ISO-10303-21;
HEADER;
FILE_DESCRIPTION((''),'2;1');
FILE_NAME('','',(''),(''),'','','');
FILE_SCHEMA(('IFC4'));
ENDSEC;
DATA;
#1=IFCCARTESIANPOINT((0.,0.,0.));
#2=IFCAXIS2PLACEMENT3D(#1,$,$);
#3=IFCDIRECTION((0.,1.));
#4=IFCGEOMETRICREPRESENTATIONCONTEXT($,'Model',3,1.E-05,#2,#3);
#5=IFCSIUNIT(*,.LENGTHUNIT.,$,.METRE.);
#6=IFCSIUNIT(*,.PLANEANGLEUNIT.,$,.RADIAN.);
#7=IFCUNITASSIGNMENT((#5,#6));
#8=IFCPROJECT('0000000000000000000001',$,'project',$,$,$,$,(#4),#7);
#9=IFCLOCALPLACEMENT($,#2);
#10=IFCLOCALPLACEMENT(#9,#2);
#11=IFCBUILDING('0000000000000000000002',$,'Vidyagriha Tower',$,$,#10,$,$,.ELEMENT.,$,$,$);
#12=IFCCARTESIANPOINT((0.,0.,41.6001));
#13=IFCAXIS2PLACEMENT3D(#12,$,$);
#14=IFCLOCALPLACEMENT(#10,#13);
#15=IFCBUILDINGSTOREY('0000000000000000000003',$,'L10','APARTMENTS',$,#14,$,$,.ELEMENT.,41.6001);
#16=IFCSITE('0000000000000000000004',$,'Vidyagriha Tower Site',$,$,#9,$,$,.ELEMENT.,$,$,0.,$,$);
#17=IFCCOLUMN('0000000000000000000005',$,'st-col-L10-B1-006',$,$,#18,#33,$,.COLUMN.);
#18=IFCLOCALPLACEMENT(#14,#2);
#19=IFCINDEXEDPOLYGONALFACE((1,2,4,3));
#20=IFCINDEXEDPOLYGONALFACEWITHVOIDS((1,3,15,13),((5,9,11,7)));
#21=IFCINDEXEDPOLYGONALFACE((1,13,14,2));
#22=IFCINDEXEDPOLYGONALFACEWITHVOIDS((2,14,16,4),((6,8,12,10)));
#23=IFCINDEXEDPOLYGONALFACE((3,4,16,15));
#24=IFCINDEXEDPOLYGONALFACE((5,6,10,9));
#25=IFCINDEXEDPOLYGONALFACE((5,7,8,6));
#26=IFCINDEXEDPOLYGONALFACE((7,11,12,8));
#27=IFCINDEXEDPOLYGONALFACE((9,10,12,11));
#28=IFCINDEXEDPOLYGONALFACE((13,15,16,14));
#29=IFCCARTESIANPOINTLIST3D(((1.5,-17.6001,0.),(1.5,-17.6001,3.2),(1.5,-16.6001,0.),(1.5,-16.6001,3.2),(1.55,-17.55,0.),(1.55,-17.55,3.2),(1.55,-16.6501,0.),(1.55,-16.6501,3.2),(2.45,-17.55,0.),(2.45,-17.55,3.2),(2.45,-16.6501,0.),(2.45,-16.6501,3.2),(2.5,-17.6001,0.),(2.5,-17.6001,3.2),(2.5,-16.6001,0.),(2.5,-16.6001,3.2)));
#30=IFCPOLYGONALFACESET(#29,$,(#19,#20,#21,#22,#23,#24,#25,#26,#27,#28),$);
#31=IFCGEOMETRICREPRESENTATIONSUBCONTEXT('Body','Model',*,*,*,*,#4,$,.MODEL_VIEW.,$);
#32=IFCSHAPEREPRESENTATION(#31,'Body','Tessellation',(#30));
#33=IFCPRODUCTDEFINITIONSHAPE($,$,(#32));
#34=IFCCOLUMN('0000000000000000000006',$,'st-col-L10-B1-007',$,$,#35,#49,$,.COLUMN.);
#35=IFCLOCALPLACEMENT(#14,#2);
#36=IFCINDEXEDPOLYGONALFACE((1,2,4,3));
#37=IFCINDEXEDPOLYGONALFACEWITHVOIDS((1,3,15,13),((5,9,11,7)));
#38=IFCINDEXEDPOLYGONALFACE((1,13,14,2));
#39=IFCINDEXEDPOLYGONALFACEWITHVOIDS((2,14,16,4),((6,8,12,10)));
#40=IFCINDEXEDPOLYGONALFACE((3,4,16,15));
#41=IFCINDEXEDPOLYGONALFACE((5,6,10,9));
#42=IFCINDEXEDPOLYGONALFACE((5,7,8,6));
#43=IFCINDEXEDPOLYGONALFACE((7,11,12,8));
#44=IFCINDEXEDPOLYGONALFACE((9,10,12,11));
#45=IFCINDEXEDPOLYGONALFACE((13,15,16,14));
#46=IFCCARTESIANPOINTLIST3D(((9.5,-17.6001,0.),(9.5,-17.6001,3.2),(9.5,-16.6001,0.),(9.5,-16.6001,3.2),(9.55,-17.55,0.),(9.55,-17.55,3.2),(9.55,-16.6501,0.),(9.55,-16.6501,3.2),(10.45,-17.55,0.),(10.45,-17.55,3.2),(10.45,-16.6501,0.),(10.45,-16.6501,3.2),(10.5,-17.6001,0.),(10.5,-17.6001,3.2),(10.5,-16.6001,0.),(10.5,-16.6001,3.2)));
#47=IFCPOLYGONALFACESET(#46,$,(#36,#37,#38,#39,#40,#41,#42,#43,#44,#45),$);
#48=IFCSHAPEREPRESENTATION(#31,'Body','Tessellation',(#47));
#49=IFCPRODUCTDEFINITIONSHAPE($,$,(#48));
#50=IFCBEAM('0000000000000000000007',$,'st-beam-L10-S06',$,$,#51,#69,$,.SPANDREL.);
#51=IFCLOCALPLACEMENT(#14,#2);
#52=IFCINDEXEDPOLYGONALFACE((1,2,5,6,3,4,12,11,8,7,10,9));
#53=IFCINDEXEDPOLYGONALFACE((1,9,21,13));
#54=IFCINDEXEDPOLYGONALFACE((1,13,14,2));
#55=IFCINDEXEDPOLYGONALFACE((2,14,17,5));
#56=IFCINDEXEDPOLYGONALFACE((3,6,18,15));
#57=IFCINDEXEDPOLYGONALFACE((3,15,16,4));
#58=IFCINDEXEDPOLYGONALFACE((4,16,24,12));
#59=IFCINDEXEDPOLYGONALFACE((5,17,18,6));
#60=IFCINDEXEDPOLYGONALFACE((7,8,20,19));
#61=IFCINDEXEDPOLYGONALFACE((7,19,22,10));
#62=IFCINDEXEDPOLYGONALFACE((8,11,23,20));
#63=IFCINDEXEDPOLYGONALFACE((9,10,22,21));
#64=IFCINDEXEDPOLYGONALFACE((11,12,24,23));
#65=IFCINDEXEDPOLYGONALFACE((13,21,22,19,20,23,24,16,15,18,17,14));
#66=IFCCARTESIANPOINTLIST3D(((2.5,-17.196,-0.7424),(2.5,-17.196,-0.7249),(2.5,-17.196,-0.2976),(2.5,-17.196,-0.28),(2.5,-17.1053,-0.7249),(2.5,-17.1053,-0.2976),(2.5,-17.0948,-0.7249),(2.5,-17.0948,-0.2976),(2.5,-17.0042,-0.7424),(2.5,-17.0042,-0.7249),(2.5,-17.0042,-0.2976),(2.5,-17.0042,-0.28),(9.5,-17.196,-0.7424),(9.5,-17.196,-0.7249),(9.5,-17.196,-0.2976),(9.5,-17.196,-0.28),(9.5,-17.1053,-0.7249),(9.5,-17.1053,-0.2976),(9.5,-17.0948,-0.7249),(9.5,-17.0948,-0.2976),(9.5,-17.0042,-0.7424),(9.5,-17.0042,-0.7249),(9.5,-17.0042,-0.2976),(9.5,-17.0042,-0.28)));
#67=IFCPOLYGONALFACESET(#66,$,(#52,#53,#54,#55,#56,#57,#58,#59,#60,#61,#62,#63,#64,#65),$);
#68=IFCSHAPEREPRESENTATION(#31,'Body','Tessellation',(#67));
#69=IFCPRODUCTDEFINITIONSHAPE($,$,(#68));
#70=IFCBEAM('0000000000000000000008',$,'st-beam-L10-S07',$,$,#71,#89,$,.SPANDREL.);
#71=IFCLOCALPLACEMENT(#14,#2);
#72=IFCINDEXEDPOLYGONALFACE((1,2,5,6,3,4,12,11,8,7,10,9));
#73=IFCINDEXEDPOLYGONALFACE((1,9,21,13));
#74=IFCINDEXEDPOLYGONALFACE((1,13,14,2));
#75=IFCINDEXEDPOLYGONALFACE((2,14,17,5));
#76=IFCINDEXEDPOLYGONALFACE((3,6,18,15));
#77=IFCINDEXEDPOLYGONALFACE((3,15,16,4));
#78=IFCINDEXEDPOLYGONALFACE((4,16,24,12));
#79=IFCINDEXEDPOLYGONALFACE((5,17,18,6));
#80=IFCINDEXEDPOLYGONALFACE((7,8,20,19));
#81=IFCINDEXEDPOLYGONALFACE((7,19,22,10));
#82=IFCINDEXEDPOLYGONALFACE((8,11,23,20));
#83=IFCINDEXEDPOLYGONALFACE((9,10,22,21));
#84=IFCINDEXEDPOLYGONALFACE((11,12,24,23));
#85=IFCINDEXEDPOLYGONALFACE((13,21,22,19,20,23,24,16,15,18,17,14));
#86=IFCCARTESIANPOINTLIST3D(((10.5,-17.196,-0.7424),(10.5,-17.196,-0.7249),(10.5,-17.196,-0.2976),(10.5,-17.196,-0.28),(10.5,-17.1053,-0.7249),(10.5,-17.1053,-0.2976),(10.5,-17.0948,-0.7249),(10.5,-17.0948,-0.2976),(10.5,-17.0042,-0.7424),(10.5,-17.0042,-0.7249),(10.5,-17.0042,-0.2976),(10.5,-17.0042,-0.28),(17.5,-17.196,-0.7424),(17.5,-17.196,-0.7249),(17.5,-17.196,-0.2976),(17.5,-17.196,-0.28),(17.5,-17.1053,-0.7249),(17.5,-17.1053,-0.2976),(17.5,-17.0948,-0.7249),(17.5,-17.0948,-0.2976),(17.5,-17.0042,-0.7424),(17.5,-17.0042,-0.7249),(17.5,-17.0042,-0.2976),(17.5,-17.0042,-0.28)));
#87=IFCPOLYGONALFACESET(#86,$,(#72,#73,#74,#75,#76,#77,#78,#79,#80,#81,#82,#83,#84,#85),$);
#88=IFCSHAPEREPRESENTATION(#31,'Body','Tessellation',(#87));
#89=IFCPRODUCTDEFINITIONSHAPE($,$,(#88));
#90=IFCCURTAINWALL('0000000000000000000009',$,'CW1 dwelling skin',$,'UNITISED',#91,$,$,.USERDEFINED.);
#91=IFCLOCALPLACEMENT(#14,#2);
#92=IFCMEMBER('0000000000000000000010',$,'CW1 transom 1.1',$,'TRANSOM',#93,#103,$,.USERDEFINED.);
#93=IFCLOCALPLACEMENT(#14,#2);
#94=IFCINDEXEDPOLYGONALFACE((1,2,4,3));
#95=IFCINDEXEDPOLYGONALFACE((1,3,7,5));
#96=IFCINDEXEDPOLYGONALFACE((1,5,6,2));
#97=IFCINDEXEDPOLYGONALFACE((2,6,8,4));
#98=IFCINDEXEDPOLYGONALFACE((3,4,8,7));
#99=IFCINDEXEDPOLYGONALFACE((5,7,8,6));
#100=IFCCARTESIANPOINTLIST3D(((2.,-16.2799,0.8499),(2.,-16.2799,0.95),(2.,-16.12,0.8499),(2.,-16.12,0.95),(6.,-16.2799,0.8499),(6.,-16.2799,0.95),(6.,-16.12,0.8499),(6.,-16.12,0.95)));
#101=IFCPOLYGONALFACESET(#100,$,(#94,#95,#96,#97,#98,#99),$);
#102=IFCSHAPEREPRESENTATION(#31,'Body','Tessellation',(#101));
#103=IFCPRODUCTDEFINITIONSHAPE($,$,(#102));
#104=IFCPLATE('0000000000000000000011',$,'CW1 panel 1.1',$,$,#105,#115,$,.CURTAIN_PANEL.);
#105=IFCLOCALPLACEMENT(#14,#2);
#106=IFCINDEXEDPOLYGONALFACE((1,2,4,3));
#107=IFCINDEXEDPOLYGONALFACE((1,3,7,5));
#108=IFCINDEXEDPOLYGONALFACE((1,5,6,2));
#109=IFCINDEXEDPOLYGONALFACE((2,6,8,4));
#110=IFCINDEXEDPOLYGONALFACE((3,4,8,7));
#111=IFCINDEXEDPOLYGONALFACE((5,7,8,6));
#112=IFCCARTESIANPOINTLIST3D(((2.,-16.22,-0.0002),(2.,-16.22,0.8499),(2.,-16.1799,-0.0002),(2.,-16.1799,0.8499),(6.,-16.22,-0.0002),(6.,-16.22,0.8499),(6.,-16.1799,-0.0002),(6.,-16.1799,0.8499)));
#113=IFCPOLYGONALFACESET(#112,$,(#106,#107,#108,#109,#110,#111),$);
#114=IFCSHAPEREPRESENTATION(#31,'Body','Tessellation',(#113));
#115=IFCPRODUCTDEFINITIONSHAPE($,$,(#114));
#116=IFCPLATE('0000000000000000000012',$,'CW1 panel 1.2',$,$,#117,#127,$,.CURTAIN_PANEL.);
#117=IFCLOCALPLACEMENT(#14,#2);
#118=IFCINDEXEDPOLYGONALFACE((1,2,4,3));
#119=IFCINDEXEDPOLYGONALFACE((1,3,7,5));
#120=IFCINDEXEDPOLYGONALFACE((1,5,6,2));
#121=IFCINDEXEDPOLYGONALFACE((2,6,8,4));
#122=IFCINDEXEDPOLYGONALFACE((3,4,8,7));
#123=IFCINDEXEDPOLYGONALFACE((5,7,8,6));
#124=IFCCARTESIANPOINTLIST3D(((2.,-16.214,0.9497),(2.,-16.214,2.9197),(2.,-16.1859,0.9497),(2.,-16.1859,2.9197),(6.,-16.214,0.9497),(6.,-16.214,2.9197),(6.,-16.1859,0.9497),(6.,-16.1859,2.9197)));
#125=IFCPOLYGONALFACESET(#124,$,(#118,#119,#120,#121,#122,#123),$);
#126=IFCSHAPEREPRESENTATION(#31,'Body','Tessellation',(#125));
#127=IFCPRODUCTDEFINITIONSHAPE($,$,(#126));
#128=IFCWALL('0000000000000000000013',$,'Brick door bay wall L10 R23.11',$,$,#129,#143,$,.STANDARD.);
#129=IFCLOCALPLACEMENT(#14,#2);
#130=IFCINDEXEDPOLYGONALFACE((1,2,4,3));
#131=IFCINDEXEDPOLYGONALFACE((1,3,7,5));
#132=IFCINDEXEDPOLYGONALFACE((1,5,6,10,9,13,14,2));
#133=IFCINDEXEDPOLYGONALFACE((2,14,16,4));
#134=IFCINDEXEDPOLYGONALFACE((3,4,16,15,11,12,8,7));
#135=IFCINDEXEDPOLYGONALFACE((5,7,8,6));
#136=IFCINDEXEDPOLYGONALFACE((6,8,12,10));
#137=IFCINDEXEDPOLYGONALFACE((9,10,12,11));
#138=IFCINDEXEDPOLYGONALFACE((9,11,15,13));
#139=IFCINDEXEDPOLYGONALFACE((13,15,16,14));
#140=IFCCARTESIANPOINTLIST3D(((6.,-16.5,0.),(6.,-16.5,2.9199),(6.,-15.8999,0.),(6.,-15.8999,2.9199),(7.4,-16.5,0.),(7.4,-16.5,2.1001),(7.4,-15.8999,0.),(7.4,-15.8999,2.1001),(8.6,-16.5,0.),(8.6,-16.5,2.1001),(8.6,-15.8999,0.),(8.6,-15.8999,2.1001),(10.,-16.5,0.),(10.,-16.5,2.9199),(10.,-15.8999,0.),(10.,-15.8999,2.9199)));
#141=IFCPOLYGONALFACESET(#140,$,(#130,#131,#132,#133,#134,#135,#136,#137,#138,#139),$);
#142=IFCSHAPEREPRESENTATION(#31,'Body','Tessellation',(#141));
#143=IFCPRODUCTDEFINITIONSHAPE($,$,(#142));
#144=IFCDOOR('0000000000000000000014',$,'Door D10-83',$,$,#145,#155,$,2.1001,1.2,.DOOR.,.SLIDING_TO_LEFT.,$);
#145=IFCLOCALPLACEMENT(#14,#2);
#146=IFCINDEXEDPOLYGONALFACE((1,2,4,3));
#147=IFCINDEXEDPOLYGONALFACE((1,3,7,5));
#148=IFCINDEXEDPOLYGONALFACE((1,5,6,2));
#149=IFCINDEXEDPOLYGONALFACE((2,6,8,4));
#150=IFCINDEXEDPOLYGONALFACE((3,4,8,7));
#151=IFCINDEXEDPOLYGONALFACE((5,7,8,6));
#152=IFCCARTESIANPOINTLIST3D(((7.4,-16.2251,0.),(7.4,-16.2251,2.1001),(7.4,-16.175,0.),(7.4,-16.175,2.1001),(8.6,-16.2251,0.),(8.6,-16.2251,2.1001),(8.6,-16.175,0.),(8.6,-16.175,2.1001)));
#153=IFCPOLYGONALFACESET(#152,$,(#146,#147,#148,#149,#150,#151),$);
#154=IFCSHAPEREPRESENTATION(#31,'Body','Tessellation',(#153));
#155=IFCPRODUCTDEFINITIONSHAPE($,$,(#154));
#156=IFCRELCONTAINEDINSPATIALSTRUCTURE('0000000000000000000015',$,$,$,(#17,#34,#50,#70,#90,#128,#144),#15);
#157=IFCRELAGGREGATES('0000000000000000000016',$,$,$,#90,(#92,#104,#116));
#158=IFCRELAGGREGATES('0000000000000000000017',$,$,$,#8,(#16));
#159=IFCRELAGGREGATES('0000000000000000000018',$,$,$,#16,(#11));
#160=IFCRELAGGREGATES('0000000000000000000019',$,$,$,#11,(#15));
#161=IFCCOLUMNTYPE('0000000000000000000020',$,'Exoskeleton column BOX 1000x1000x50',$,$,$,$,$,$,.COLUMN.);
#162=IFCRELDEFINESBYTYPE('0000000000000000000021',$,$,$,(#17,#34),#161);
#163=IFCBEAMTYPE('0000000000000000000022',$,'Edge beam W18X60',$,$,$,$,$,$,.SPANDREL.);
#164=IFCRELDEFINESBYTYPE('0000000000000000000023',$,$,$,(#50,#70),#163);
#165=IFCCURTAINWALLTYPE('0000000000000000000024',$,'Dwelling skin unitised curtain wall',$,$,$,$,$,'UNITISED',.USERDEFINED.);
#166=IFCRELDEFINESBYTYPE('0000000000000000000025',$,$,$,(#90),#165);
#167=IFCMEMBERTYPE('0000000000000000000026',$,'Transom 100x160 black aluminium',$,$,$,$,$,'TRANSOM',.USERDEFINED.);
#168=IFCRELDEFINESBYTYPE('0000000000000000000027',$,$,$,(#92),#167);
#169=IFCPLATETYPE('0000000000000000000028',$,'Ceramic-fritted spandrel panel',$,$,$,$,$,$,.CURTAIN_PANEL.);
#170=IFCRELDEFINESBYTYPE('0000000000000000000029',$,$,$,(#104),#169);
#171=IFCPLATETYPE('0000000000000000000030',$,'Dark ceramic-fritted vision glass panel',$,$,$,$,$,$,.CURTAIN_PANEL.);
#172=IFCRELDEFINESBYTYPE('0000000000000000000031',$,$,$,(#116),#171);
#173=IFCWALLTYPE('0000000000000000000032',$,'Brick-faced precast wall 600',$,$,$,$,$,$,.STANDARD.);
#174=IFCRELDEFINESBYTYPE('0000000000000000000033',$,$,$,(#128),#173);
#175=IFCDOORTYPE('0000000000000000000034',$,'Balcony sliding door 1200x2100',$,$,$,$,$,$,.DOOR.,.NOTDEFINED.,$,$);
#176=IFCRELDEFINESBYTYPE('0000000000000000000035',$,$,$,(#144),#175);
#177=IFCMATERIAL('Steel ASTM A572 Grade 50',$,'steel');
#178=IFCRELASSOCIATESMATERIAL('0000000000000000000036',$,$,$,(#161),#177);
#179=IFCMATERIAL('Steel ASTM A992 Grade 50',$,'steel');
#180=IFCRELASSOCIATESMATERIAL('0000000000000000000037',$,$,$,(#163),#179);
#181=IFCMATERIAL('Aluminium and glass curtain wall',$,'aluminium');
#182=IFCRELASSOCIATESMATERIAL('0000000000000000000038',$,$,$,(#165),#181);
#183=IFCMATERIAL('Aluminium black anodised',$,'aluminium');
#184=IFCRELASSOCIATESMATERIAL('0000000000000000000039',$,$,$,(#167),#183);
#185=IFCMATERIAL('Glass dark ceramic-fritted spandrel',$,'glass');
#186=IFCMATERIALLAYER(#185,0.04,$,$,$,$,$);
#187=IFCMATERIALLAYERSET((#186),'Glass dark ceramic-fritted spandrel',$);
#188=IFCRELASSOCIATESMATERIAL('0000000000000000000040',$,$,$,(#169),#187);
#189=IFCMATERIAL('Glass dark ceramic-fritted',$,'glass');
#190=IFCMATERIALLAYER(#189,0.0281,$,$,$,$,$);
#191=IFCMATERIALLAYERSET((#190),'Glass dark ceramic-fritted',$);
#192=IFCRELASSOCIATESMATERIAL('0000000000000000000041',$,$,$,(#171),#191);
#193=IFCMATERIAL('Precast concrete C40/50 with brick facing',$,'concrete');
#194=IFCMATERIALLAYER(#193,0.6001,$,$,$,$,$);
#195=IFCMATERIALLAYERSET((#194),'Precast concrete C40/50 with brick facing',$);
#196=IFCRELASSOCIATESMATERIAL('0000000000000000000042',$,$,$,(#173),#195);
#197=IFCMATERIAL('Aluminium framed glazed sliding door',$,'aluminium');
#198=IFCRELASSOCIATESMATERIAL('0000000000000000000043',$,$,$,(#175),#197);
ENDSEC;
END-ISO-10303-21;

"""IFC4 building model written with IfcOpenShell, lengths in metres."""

from ifc_helpers import new_model, si_unit, direction, frame, frame_2d, origin, origin_2d, place, context, subcontext, project, spatial, rectangle, hollow_rectangle, i_section, extrude, material, layer, layer_set, material_profile, profile_set, type_object, element, fill, aggregate, save


model = new_model("IFC4")

# Units and contexts
model_context = context("Model", 3, precision=1e-05, world=origin(), true_north=direction((0.0, 1.0)))
body_context = subcontext(model_context, "Body", "Model", "MODEL_VIEW")
ifc_project = project(units=[si_unit("LENGTHUNIT", "METRE"), si_unit("PLANEANGLEUNIT", "RADIAN")], contexts=[model_context])

# Site, building, storey
site_placement = place(None, origin())
site = spatial("IfcSite", under=ifc_project, at=site_placement, Name="Vidyagriha Tower Site", CompositionType="ELEMENT", RefElevation=0.0)
building_placement = place(site_placement, origin())
building = spatial("IfcBuilding", under=site, at=building_placement, Name="Vidyagriha Tower", CompositionType="ELEMENT")
storey_placement = place(building_placement, frame((0.0, 0.0, 41.6001)))
storey = spatial("IfcBuildingStorey", under=building, at=storey_placement, Name="L10", Description="APARTMENTS", CompositionType="ELEMENT", Elevation=41.6001)

# Columns
ifc_material_1 = material(Name="Steel ASTM A572 Grade 50", Category="steel")
ifc_material_profile_1 = material_profile(ifc_material_1, hollow_rectangle(XDim=1.0, YDim=1.0, WallThickness=0.05, at=origin_2d()), Name="BOX 1000x1000x50")
ifc_profile_set_1 = profile_set([ifc_material_profile_1], Name="Steel ASTM A572 Grade 50")
column_type = type_object("IfcColumnType", Name="Exoskeleton column BOX 1000x1000x50", PredefinedType="COLUMN", material=ifc_profile_set_1)
for number, where, name in (
    (1, (2.0, -17.1001, 0.0), "st-col-L10-B1-006"),
    (2, (10.0, -17.1001, 0.0), "st-col-L10-B1-007"),
):
    element("IfcColumn", number, at=place(storey_placement, frame(where)), inside=storey, type_object=column_type, Name=name, PredefinedType="COLUMN", context=body_context, shape_type="SweptSolid", body=[
        extrude(hollow_rectangle(XDim=1.0, YDim=1.0, WallThickness=0.05, at=origin_2d()), origin(), (0.0, 0.0, 1.0), 3.2),
    ])

# Beams
ifc_material_2 = material(Name="Steel ASTM A992 Grade 50", Category="steel")
ifc_material_profile_2 = material_profile(ifc_material_2, i_section(OverallWidth=0.1919, OverallDepth=0.4624, WebThickness=0.0105, FlangeThickness=0.0176, at=origin_2d()), Name="W18X60")
ifc_profile_set_2 = profile_set([ifc_material_profile_2], Name="Steel ASTM A992 Grade 50")
beam_type = type_object("IfcBeamType", Name="Edge beam W18X60", PredefinedType="SPANDREL", material=ifc_profile_set_2)
for number, where, z_axis, x_axis, name in (
    (3, (2.5, -17.1001, -0.5112), (1.0, 0.0, 0.0), (0.0, 1.0, 0.0), "st-beam-L10-S06"),
    (4, (10.5, -17.1001, -0.5112), (1.0, 0.0, 0.0), (0.0, 1.0, 0.0), "st-beam-L10-S07"),
):
    element("IfcBeam", number, at=place(storey_placement, frame(where, z_axis=z_axis, x_axis=x_axis)), inside=storey, type_object=beam_type, Name=name, PredefinedType="SPANDREL", context=body_context, shape_type="SweptSolid", body=[
        extrude(i_section(OverallWidth=0.1919, OverallDepth=0.4624, WebThickness=0.0105, FlangeThickness=0.0176, at=origin_2d()), origin(), (0.0, 0.0, 1.0), 7.0),
    ])

# Curtain wall, member, plates
ifc_material_3 = material(Name="Aluminium and glass curtain wall", Category="aluminium")
curtain_wall_type = type_object("IfcCurtainWallType", Name="Dwelling skin unitised curtain wall", ElementType="UNITISED", PredefinedType="USERDEFINED", material=ifc_material_3)
curtain_wall_placement = place(storey_placement, origin())
curtain_wall = element("IfcCurtainWall", 5, at=curtain_wall_placement, inside=storey, type_object=curtain_wall_type, Name="CW1 dwelling skin", ObjectType="UNITISED", PredefinedType="USERDEFINED")
ifc_material_4 = material(Name="Aluminium black anodised", Category="aluminium")
ifc_material_profile_3 = material_profile(ifc_material_4, rectangle(XDim=0.1599, YDim=0.1001, at=origin_2d()), Name="Transom 100x160 black aluminium")
ifc_profile_set_3 = profile_set([ifc_material_profile_3], Name="Aluminium black anodised")
member_type = type_object("IfcMemberType", Name="Transom 100x160 black aluminium", ElementType="TRANSOM", PredefinedType="USERDEFINED", material=ifc_profile_set_3)
member_placement = place(storey_placement, frame((2.0, -16.2, 0.8999), z_axis=(1.0, 0.0, 0.0), x_axis=(0.0, 1.0, 0.0)))
member = element("IfcMember", 6, at=member_placement, type_object=member_type, Name="CW1 transom 1.1", ObjectType="TRANSOM", PredefinedType="USERDEFINED", context=body_context, shape_type="SweptSolid", body=[
    extrude(rectangle(XDim=0.1599, YDim=0.1001, at=origin_2d()), origin(), (0.0, 0.0, 1.0), 4.0),
])
ifc_material_5 = material(Name="Glass dark ceramic-fritted spandrel", Category="glass")
ifc_layer_1 = layer(ifc_material_5, 0.04)
ifc_layer_set_1 = layer_set([ifc_layer_1], Name="Glass dark ceramic-fritted spandrel")
plate_type_1 = type_object("IfcPlateType", Name="Ceramic-fritted spandrel panel", PredefinedType="CURTAIN_PANEL", material=ifc_layer_set_1)
plate_1_placement = place(storey_placement, frame((4.0, -16.2, -0.0002)))
plate_1 = element("IfcPlate", 7, at=plate_1_placement, type_object=plate_type_1, Name="CW1 panel 1.1", PredefinedType="CURTAIN_PANEL", context=body_context, shape_type="SweptSolid", body=[
    extrude(rectangle(XDim=4.0, YDim=0.04, at=origin_2d()), origin(), (0.0, 0.0, 1.0), 0.8501),
])
ifc_material_6 = material(Name="Glass dark ceramic-fritted", Category="glass")
ifc_layer_2 = layer(ifc_material_6, 0.0281)
ifc_layer_set_2 = layer_set([ifc_layer_2], Name="Glass dark ceramic-fritted")
plate_type_2 = type_object("IfcPlateType", Name="Dark ceramic-fritted vision glass panel", PredefinedType="CURTAIN_PANEL", material=ifc_layer_set_2)
plate_2_placement = place(storey_placement, frame((4.0, -16.2, 0.9497)))
plate_2 = element("IfcPlate", 8, at=plate_2_placement, type_object=plate_type_2, Name="CW1 panel 1.2", PredefinedType="CURTAIN_PANEL", context=body_context, shape_type="SweptSolid", body=[
    extrude(rectangle(XDim=4.0, YDim=0.0281, at=origin_2d()), origin(), (0.0, 0.0, 1.0), 1.97),
])
aggregate(curtain_wall, [member, plate_1, plate_2])

# Wall, opening, door
ifc_material_7 = material(Name="Precast concrete C40/50 with brick facing", Category="concrete")
ifc_layer_3 = layer(ifc_material_7, 0.6001)
ifc_layer_set_3 = layer_set([ifc_layer_3], Name="Precast concrete C40/50 with brick facing")
wall_type = type_object("IfcWallType", Name="Brick-faced precast wall 600", PredefinedType="STANDARD", material=ifc_layer_set_3)
wall_placement = place(storey_placement, frame((6.0, -16.2, 0.0)))
wall = element("IfcWall", 9, at=wall_placement, inside=storey, type_object=wall_type, Name="Brick door bay wall L10 R23.11", PredefinedType="STANDARD", context=body_context, shape_type="SweptSolid", body=[
    extrude(rectangle(XDim=4.0, YDim=0.6001, at=frame_2d((2.0, 0.0))), origin(), (0.0, 0.0, 1.0), 2.9199),
])
opening_placement = place(wall_placement, frame((1.3999, 0.0, 0.0)))
opening = element("IfcOpeningElement", 10, at=opening_placement, cuts=wall, PredefinedType="OPENING", context=body_context, shape_type="SweptSolid", body=[
    extrude(rectangle(XDim=1.2, YDim=2.1001, at=frame_2d((0.6001, 1.05))), frame((0.0, 0.3101, 0.0), z_axis=(0.0, -1.0, 0.0), x_axis=(1.0, 0.0, 0.0)), (0.0, 0.0, 1.0), 0.6201),
])
ifc_material_8 = material(Name="Aluminium framed glazed sliding door", Category="aluminium")
door_type = type_object("IfcDoorType", Name="Balcony sliding door 1200x2100", OperationType="NOTDEFINED", PredefinedType="DOOR", material=ifc_material_8)
door_placement = place(opening_placement, origin())
door = element("IfcDoor", 11, at=door_placement, inside=storey, type_object=door_type, Name="Door D10-83", OperationType="SLIDING_TO_LEFT", OverallHeight=2.1001, OverallWidth=1.2, PredefinedType="DOOR", context=body_context, shape_type="SweptSolid", body=[
    extrude(rectangle(XDim=1.2, YDim=2.1001, at=frame_2d((0.6001, 1.05))), frame((0.0, 0.0249, 0.0), z_axis=(0.0, -1.0, 0.0), x_axis=(1.0, 0.0, 0.0)), (0.0, 0.0, 1.0), 0.05),
])
fill(opening, door)

save(model, "model.ifc")
